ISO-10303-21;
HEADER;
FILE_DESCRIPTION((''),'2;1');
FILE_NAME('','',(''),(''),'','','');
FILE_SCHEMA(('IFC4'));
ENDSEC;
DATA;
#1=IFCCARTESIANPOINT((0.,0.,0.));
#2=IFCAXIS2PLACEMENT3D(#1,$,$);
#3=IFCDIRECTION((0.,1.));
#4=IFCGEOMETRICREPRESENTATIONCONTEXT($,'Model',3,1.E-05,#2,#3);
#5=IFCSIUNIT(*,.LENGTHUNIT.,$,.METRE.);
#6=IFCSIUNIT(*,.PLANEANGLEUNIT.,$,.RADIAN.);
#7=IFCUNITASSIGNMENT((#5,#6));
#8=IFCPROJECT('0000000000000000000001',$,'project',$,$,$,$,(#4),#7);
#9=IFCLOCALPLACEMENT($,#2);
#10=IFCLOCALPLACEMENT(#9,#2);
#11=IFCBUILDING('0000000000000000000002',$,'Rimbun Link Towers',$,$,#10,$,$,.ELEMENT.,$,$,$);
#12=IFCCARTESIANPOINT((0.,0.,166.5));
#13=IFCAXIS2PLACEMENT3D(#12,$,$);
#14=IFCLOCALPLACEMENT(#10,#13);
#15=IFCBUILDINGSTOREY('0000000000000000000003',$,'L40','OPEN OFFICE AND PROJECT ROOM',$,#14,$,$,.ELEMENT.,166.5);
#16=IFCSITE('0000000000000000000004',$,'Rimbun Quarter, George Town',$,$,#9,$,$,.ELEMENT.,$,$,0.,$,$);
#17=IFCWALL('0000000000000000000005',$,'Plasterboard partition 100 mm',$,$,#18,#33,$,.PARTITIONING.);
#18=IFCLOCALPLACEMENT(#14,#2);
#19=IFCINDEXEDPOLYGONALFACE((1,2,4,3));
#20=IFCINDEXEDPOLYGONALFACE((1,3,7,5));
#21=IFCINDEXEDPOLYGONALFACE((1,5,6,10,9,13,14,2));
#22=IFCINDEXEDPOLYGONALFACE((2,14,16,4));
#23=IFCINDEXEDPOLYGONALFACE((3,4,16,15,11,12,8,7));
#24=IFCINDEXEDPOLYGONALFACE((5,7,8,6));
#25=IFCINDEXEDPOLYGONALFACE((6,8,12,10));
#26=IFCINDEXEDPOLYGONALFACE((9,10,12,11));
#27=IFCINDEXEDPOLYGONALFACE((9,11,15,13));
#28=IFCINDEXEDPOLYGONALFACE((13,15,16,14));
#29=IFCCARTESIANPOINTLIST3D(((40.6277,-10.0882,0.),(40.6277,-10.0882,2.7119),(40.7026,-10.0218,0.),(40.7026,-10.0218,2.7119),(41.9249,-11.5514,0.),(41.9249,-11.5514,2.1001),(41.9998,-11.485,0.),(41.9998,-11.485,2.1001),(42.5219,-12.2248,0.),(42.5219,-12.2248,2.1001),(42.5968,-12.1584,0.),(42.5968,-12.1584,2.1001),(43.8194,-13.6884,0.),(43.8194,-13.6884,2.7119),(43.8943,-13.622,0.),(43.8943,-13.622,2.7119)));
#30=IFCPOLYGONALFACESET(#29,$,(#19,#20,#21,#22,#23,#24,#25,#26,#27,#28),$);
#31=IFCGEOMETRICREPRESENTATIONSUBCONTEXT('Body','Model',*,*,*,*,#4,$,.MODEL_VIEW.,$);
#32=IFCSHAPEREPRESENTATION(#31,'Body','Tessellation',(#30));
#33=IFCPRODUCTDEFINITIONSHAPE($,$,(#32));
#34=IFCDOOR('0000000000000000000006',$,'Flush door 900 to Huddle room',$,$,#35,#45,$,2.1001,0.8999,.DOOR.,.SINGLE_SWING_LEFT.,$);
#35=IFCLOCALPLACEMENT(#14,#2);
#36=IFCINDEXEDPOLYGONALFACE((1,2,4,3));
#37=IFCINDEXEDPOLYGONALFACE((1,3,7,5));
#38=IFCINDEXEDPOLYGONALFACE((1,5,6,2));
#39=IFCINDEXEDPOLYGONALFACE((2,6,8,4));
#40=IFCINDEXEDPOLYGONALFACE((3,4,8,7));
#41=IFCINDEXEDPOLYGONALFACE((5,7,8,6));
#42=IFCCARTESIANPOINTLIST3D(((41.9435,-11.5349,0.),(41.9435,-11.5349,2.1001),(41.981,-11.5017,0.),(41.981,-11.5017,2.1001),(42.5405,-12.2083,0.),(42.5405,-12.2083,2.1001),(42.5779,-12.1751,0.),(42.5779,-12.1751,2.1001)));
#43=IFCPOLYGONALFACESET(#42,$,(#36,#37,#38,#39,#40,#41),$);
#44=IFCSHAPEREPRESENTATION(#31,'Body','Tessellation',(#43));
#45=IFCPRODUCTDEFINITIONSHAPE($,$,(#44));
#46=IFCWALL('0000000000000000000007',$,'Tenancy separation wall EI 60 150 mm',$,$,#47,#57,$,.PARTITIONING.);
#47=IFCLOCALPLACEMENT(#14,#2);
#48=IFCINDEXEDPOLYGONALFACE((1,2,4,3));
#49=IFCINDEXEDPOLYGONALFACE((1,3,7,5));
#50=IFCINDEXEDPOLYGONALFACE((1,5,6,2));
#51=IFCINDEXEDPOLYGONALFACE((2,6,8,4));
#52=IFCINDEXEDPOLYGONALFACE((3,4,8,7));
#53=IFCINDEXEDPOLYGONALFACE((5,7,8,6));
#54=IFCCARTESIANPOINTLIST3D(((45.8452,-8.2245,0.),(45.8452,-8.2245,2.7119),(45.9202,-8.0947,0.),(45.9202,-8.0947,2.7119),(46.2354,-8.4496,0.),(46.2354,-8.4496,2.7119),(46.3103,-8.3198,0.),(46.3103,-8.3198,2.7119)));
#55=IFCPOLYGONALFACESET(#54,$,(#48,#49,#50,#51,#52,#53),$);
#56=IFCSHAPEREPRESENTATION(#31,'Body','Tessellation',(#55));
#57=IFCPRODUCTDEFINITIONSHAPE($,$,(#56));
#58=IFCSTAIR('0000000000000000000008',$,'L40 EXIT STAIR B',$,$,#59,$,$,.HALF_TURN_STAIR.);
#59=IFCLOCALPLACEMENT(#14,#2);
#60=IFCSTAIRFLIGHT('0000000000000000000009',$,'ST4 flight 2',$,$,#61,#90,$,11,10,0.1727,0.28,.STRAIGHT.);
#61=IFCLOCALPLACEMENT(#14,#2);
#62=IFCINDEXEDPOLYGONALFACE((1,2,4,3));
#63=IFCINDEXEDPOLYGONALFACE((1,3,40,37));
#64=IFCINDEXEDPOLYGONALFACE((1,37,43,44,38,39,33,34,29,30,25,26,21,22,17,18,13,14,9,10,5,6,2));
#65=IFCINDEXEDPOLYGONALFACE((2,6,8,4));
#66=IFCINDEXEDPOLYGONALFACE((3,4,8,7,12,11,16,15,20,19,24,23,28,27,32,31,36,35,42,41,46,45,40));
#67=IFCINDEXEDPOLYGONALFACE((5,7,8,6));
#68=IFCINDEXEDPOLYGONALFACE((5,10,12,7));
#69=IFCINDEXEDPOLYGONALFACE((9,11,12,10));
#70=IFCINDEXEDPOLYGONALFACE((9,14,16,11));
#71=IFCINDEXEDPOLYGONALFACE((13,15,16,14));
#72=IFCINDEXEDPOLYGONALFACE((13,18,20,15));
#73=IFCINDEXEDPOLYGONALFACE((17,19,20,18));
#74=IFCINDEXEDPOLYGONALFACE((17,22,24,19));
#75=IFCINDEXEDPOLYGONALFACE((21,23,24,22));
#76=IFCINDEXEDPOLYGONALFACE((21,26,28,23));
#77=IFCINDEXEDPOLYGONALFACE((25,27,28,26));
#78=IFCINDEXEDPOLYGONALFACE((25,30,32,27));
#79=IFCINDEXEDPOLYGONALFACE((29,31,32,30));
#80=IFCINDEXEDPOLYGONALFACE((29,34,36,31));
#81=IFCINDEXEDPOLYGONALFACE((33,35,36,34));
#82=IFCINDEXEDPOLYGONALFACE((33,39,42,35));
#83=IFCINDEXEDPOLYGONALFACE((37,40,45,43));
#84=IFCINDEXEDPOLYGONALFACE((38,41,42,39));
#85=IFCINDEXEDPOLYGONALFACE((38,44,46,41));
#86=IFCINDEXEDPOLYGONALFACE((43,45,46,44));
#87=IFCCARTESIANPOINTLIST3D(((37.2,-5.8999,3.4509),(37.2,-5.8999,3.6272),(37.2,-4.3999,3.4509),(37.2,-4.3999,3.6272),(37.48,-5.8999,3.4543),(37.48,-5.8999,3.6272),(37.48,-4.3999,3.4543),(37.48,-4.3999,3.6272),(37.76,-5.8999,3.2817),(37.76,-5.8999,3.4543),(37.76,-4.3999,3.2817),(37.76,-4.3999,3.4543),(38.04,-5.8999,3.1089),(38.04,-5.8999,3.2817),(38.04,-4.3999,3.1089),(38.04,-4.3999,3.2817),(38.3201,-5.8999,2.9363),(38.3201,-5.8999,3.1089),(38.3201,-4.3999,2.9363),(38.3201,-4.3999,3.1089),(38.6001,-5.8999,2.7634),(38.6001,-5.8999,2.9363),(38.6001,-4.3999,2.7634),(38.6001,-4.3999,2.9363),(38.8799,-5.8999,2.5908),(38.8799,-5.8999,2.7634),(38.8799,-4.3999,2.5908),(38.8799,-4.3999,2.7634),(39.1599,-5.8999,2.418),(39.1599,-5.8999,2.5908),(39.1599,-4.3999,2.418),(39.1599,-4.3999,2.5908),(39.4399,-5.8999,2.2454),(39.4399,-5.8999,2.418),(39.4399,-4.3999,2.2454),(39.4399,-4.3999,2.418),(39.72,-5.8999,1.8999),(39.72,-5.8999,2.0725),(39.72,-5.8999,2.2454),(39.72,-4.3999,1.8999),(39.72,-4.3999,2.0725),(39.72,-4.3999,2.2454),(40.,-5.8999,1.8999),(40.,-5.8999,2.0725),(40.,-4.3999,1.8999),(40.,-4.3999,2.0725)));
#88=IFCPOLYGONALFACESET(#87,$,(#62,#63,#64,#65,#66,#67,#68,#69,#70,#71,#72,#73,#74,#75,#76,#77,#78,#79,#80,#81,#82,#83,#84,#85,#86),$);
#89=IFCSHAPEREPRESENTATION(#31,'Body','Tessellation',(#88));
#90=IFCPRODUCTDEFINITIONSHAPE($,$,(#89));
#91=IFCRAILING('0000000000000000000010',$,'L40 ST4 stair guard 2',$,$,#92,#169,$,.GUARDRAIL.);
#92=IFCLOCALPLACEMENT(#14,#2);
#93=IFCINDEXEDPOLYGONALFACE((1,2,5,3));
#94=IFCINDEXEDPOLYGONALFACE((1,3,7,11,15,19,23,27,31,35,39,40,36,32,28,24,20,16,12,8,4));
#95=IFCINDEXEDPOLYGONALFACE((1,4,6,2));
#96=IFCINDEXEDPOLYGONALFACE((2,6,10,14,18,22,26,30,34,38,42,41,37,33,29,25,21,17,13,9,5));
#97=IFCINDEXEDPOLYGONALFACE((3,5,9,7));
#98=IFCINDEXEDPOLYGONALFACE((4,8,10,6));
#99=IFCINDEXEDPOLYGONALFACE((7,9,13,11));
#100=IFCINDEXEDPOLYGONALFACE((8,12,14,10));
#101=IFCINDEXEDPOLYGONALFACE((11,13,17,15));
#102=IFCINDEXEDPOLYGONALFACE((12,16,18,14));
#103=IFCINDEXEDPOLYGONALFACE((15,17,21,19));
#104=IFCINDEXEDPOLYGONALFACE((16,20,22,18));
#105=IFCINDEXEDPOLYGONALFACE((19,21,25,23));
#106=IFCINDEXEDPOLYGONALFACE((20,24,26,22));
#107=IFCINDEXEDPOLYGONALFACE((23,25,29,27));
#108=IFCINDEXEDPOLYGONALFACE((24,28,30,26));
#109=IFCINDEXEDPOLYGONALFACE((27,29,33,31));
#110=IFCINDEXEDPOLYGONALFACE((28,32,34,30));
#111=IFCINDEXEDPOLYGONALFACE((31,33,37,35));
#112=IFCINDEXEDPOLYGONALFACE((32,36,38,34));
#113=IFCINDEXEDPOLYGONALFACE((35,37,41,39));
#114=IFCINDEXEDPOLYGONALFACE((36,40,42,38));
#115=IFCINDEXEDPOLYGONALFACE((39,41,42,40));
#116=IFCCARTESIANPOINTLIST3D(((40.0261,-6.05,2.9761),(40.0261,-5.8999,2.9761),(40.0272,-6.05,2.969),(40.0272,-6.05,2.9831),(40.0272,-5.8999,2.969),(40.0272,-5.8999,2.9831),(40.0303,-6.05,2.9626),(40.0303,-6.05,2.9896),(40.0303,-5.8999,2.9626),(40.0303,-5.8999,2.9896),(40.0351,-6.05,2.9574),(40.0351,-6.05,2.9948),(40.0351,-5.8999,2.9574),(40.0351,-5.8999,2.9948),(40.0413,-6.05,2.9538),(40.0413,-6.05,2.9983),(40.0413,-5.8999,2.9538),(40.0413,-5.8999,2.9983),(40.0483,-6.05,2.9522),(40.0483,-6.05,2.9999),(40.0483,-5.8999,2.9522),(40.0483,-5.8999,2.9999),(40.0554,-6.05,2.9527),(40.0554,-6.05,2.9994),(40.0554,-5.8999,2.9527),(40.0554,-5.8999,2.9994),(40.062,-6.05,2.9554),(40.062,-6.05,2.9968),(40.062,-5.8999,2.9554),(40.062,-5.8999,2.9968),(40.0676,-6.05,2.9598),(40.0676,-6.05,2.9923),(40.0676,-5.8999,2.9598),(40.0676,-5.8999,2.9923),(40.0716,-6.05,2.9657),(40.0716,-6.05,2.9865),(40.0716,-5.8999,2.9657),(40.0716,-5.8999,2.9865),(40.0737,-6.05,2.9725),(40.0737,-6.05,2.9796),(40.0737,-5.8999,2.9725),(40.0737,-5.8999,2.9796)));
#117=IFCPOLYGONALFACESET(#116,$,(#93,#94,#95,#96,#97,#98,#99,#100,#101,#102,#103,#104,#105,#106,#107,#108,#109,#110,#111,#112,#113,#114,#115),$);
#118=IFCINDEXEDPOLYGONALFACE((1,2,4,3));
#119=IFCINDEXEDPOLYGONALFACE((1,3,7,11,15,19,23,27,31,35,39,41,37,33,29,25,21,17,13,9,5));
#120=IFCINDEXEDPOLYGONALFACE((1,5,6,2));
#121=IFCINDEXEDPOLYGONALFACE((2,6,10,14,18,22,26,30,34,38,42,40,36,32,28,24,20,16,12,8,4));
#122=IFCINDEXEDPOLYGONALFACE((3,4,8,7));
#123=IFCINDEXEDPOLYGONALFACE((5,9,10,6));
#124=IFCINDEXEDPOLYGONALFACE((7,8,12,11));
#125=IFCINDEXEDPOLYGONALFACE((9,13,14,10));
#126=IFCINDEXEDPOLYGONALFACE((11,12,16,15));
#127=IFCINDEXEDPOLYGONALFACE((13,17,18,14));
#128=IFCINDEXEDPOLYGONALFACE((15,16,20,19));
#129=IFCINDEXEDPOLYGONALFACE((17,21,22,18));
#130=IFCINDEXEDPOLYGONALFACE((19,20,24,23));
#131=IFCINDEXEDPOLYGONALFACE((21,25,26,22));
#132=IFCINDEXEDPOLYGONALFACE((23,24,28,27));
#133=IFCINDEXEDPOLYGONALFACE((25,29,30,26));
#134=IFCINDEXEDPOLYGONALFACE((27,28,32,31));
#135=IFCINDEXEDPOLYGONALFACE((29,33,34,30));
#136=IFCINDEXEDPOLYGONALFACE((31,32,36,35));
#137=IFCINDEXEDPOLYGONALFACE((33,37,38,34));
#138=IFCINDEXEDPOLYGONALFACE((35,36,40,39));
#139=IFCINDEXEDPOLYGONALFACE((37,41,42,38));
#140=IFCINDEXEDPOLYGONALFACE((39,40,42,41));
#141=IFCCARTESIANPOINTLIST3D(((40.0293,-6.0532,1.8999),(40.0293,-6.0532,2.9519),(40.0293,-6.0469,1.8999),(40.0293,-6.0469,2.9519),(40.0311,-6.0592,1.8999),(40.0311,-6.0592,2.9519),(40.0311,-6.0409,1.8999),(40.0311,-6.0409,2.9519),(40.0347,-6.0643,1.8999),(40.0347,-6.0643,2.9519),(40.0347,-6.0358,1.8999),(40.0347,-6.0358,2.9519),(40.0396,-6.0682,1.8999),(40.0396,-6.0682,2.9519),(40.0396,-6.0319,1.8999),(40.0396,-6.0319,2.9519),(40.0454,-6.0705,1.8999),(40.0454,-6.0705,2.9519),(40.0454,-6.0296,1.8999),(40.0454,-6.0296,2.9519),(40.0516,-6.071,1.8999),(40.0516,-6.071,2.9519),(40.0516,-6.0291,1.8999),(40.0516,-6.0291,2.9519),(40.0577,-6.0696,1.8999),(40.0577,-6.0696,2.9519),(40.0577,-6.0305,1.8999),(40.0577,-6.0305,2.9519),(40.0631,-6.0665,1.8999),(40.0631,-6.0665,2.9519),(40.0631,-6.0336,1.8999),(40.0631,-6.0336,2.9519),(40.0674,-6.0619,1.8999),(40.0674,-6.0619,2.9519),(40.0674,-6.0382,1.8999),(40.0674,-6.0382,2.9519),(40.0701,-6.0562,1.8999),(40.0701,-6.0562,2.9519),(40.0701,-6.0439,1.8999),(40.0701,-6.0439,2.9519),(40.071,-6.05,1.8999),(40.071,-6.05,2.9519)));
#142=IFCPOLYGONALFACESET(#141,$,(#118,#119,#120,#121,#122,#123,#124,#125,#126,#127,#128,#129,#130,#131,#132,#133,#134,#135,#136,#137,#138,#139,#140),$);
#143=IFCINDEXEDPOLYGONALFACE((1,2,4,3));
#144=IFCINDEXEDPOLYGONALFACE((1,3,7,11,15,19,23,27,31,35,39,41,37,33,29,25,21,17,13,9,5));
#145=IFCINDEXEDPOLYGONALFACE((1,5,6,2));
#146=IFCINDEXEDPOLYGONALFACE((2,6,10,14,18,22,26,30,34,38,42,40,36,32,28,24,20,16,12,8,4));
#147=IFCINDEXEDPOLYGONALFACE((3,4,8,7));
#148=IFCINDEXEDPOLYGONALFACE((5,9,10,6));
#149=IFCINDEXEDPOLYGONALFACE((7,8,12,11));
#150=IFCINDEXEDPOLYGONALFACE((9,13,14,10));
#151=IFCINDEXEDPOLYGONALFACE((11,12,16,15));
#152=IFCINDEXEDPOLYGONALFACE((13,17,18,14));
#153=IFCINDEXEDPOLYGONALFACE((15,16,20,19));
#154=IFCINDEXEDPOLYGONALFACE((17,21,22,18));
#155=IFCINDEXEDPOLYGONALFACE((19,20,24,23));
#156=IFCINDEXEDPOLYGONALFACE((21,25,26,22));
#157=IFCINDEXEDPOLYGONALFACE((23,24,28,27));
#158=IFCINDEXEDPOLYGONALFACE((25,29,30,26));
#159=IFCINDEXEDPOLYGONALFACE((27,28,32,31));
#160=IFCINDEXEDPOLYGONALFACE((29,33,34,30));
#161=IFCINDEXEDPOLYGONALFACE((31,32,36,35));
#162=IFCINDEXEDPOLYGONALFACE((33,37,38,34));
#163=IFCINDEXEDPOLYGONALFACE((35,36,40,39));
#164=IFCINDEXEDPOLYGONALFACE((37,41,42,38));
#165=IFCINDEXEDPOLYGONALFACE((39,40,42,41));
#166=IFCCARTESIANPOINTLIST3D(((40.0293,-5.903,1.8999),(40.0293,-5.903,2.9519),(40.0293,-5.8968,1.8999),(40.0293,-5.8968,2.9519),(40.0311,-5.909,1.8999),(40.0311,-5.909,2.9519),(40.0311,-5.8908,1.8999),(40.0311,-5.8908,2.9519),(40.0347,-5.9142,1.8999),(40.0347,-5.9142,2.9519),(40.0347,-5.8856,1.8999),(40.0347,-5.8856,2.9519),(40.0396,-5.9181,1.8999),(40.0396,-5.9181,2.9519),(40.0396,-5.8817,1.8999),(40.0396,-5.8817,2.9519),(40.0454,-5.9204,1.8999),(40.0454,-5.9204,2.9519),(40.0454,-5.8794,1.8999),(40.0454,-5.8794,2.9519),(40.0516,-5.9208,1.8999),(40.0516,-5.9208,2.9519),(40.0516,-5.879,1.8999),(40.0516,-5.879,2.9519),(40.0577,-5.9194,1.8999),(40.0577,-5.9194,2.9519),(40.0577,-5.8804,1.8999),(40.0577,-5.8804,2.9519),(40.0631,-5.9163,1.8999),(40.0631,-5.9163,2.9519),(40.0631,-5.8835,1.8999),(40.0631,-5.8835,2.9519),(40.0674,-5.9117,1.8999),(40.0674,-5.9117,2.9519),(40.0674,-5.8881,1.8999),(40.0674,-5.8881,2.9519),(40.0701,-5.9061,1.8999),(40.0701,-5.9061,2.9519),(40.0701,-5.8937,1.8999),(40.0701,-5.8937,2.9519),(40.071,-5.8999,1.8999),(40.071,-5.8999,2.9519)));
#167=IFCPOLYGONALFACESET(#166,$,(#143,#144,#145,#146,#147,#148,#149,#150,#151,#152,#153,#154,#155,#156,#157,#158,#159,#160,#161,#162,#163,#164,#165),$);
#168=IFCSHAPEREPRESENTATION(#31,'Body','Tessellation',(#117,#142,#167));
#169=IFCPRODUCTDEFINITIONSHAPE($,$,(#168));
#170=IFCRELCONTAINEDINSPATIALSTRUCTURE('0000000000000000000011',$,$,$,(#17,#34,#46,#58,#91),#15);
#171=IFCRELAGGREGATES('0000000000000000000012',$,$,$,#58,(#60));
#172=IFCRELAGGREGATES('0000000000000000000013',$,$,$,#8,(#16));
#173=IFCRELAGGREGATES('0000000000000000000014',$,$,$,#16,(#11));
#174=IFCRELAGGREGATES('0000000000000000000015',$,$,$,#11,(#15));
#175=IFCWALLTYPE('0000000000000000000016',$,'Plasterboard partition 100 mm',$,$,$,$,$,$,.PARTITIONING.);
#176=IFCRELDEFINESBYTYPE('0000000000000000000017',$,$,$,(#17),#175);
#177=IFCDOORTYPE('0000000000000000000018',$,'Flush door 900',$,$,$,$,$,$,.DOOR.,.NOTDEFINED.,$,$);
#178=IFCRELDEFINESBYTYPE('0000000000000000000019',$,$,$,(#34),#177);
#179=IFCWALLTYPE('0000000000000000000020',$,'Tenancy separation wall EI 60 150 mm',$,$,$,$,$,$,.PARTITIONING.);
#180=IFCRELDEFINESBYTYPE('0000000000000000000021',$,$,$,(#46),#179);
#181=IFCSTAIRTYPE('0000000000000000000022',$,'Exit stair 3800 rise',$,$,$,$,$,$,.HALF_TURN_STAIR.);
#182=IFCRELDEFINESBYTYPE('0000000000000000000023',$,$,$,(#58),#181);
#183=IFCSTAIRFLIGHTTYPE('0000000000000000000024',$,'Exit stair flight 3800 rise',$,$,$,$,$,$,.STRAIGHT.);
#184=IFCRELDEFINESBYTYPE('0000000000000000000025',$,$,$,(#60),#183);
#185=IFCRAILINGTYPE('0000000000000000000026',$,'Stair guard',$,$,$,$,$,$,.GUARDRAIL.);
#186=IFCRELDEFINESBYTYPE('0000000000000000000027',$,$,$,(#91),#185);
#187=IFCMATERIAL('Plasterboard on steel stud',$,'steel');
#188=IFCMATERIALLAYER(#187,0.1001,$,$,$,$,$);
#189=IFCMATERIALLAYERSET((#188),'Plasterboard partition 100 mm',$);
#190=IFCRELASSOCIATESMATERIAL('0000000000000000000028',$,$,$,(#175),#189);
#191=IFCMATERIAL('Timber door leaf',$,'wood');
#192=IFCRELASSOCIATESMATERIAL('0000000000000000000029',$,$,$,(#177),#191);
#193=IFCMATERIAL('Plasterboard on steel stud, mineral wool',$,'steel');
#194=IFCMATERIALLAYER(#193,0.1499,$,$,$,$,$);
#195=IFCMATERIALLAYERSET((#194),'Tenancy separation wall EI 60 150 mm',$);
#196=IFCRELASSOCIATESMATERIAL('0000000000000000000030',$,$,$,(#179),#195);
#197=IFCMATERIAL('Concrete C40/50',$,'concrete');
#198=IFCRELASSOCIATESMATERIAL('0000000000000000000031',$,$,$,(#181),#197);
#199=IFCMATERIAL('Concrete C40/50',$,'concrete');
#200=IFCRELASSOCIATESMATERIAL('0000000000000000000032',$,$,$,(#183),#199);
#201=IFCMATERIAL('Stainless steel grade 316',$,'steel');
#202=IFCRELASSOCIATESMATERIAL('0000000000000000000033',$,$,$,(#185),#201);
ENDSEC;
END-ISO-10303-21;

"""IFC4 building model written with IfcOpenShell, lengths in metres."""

from ifc_helpers import new_model, si_unit, direction, frame, frame_2d, origin, origin_2d, place, context, subcontext, project, spatial, polyline, rectangle, circle, outline, extrude, material, layer, layer_set, type_object, element, fill, aggregate, save


model = new_model("IFC4")

# Units and contexts
model_context = context("Model", 3, precision=1e-05, world=origin(), true_north=direction((0.0, 1.0)))
body_context = subcontext(model_context, "Body", "Model", "MODEL_VIEW")
ifc_project = project(units=[si_unit("LENGTHUNIT", "METRE"), si_unit("PLANEANGLEUNIT", "RADIAN")], contexts=[model_context])

# Site, building, storey
site_placement = place(None, origin())
site = spatial("IfcSite", under=ifc_project, at=site_placement, Name="Rimbun Quarter, George Town", CompositionType="ELEMENT", RefElevation=0.0)
building_placement = place(site_placement, origin())
building = spatial("IfcBuilding", under=site, at=building_placement, Name="Rimbun Link Towers", CompositionType="ELEMENT")
storey_placement = place(building_placement, frame((0.0, 0.0, 166.5)))
storey = spatial("IfcBuildingStorey", under=building, at=storey_placement, Name="L40", Description="OPEN OFFICE AND PROJECT ROOM", CompositionType="ELEMENT", Elevation=166.5)

# Wall, opening, door
ifc_material_1 = material(Name="Plasterboard on steel stud", Category="steel")
ifc_layer_1 = layer(ifc_material_1, 0.1001)
ifc_layer_set_1 = layer_set([ifc_layer_1], Name="Plasterboard partition 100 mm")
wall_type_1 = type_object("IfcWallType", Name="Plasterboard partition 100 mm", PredefinedType="PARTITIONING", material=ifc_layer_set_1)
wall_1_placement = place(storey_placement, frame((40.665, -10.0549, 0.0), z_axis=(0.0, 0.0, 1.0), x_axis=(0.663384, -0.748279, 0.0)))
wall_1 = element("IfcWall", 1, at=wall_1_placement, inside=storey, type_object=wall_type_1, Name="Plasterboard partition 100 mm", PredefinedType="PARTITIONING", context=body_context, shape_type="SweptSolid", body=[
    extrude(rectangle(XDim=4.8113, YDim=0.1001, at=frame_2d((2.4058, 0.0))), origin(), (0.0, 0.0, 1.0), 2.7119),
])
opening_1_placement = place(wall_1_placement, frame((1.9556, 0.0, 0.0)))
opening_1 = element("IfcOpeningElement", 2, at=opening_1_placement, cuts=wall_1, PredefinedType="OPENING", context=body_context, shape_type="SweptSolid", body=[
    extrude(rectangle(XDim=0.8999, YDim=2.1001, at=frame_2d((0.45, 1.05))), frame((0.0, 0.0601, 0.0), z_axis=(0.0, -1.0, 0.0), x_axis=(1.0, 0.0, 0.0)), (0.0, 0.0, 1.0), 0.1201),
])
ifc_material_2 = material(Name="Timber door leaf", Category="wood")
door_type_1 = type_object("IfcDoorType", Name="Flush door 900", OperationType="NOTDEFINED", PredefinedType="DOOR", material=ifc_material_2)
door_1_placement = place(opening_1_placement, origin())
door_1 = element("IfcDoor", 3, at=door_1_placement, inside=storey, type_object=door_type_1, Name="Flush door 900 to Huddle room", OperationType="SINGLE_SWING_LEFT", OverallHeight=2.1001, OverallWidth=0.8999, PredefinedType="DOOR", context=body_context, shape_type="SweptSolid", body=[
    extrude(rectangle(XDim=0.8999, YDim=2.1001, at=frame_2d((0.45, 1.05))), frame((0.0, 0.0249, 0.0), z_axis=(0.0, -1.0, 0.0), x_axis=(1.0, 0.0, 0.0)), (0.0, 0.0, 1.0), 0.05),
])
fill(opening_1, door_1)

# Wall
ifc_material_3 = material(Name="Plasterboard on steel stud, mineral wool", Category="steel")
ifc_layer_2 = layer(ifc_material_3, 0.1499)
ifc_layer_set_2 = layer_set([ifc_layer_2], Name="Tenancy separation wall EI 60 150 mm")
wall_type_2 = type_object("IfcWallType", Name="Tenancy separation wall EI 60 150 mm", PredefinedType="PARTITIONING", material=ifc_layer_set_2)
wall_2_placement = place(storey_placement, frame((45.8828, -8.1597, 0.0), z_axis=(0.0, 0.0, 1.0), x_axis=(0.866168, -0.499754, 0.0)))
element("IfcWall", 4, at=wall_2_placement, inside=storey, type_object=wall_type_2, Name="Tenancy separation wall EI 60 150 mm", PredefinedType="PARTITIONING", context=body_context, shape_type="SweptSolid", body=[
    extrude(rectangle(XDim=0.4504, YDim=0.1499, at=frame_2d((0.2251, 0.0))), origin(), (0.0, 0.0, 1.0), 2.7119),
])

# Stair, stair flight
ifc_material_4 = material(Name="Concrete C40/50", Category="concrete")
stair_type = type_object("IfcStairType", Name="Exit stair 3800 rise", PredefinedType="HALF_TURN_STAIR", material=ifc_material_4)
stair_placement = place(storey_placement, origin())
stair = element("IfcStair", 5, at=stair_placement, inside=storey, type_object=stair_type, Name="L40 EXIT STAIR B", PredefinedType="HALF_TURN_STAIR")
ifc_material_5 = material(Name="Concrete C40/50", Category="concrete")
stair_flight_type = type_object("IfcStairFlightType", Name="Exit stair flight 3800 rise", PredefinedType="STRAIGHT", material=ifc_material_5)
stair_flight_placement = place(storey_placement, frame((40.0, -5.1499, 1.8999), z_axis=(0.0, 0.0, 1.0), x_axis=(-1.0, 0.0, 0.0)))
stair_flight = element("IfcStairFlight", 6, at=stair_flight_placement, type_object=stair_flight_type, Name="ST4 flight 2", NumberOfRisers=11, NumberOfTreads=10, PredefinedType="STRAIGHT", RiserHeight=0.1727, TreadLength=0.28, context=body_context, shape_type="SweptSolid", body=[
    extrude(outline(polyline([(0.0, 0.0), (0.0, 0.1726), (0.28, 0.1726), (0.28, 0.3455), (0.5601, 0.3455), (0.5601, 0.5181), (0.8401, 0.5181), (0.8401, 0.6909), (1.1201, 0.6909), (1.1201, 0.8635), (1.3999, 0.8635), (1.3999, 1.0364), (1.6799, 1.0364), (1.6799, 1.209), (1.96, 1.209), (1.96, 1.3818), (2.24, 1.3818), (2.24, 1.5544), (2.52, 1.5544), (2.52, 1.7273), (2.8, 1.7273), (2.8, 1.8999), (2.8, 1.551), (0.28, 0.0), (0.0, 0.0)])), frame((0.0, 0.75, 0.0), z_axis=(0.0, -1.0, 0.0), x_axis=(1.0, 0.0, 0.0)), (0.0, 0.0, 1.0), 1.5),
])
aggregate(stair, [stair_flight])

# Railing
ifc_material_6 = material(Name="Stainless steel grade 316", Category="steel")
railing_type_1 = type_object("IfcRailingType", Name="Stair guard", PredefinedType="GUARDRAIL", material=ifc_material_6)
railing_1_placement = place(storey_placement, frame((40.05, -6.05, 1.8999)))
element("IfcRailing", 7, at=railing_1_placement, inside=storey, type_object=railing_type_1, Name="L40 ST4 stair guard 2", PredefinedType="GUARDRAIL", context=body_context, shape_type="SweptSolid", body=[
    extrude(circle(Radius=0.0239, at=origin_2d()), frame((0.0, 0.0, 1.0762), z_axis=(0.0, 1.0, 0.0), x_axis=(-1.0, 0.0, 0.0)), (0.0, 0.0, 1.0), 0.1501),
    extrude(circle(Radius=0.021, at=origin_2d()), origin(), (0.0, 0.0, 1.0), 1.052),
    extrude(circle(Radius=0.021, at=origin_2d()), frame((0.0, 0.1501, 0.0)), (0.0, 0.0, 1.0), 1.052),
])

save(model, "model.ifc")
